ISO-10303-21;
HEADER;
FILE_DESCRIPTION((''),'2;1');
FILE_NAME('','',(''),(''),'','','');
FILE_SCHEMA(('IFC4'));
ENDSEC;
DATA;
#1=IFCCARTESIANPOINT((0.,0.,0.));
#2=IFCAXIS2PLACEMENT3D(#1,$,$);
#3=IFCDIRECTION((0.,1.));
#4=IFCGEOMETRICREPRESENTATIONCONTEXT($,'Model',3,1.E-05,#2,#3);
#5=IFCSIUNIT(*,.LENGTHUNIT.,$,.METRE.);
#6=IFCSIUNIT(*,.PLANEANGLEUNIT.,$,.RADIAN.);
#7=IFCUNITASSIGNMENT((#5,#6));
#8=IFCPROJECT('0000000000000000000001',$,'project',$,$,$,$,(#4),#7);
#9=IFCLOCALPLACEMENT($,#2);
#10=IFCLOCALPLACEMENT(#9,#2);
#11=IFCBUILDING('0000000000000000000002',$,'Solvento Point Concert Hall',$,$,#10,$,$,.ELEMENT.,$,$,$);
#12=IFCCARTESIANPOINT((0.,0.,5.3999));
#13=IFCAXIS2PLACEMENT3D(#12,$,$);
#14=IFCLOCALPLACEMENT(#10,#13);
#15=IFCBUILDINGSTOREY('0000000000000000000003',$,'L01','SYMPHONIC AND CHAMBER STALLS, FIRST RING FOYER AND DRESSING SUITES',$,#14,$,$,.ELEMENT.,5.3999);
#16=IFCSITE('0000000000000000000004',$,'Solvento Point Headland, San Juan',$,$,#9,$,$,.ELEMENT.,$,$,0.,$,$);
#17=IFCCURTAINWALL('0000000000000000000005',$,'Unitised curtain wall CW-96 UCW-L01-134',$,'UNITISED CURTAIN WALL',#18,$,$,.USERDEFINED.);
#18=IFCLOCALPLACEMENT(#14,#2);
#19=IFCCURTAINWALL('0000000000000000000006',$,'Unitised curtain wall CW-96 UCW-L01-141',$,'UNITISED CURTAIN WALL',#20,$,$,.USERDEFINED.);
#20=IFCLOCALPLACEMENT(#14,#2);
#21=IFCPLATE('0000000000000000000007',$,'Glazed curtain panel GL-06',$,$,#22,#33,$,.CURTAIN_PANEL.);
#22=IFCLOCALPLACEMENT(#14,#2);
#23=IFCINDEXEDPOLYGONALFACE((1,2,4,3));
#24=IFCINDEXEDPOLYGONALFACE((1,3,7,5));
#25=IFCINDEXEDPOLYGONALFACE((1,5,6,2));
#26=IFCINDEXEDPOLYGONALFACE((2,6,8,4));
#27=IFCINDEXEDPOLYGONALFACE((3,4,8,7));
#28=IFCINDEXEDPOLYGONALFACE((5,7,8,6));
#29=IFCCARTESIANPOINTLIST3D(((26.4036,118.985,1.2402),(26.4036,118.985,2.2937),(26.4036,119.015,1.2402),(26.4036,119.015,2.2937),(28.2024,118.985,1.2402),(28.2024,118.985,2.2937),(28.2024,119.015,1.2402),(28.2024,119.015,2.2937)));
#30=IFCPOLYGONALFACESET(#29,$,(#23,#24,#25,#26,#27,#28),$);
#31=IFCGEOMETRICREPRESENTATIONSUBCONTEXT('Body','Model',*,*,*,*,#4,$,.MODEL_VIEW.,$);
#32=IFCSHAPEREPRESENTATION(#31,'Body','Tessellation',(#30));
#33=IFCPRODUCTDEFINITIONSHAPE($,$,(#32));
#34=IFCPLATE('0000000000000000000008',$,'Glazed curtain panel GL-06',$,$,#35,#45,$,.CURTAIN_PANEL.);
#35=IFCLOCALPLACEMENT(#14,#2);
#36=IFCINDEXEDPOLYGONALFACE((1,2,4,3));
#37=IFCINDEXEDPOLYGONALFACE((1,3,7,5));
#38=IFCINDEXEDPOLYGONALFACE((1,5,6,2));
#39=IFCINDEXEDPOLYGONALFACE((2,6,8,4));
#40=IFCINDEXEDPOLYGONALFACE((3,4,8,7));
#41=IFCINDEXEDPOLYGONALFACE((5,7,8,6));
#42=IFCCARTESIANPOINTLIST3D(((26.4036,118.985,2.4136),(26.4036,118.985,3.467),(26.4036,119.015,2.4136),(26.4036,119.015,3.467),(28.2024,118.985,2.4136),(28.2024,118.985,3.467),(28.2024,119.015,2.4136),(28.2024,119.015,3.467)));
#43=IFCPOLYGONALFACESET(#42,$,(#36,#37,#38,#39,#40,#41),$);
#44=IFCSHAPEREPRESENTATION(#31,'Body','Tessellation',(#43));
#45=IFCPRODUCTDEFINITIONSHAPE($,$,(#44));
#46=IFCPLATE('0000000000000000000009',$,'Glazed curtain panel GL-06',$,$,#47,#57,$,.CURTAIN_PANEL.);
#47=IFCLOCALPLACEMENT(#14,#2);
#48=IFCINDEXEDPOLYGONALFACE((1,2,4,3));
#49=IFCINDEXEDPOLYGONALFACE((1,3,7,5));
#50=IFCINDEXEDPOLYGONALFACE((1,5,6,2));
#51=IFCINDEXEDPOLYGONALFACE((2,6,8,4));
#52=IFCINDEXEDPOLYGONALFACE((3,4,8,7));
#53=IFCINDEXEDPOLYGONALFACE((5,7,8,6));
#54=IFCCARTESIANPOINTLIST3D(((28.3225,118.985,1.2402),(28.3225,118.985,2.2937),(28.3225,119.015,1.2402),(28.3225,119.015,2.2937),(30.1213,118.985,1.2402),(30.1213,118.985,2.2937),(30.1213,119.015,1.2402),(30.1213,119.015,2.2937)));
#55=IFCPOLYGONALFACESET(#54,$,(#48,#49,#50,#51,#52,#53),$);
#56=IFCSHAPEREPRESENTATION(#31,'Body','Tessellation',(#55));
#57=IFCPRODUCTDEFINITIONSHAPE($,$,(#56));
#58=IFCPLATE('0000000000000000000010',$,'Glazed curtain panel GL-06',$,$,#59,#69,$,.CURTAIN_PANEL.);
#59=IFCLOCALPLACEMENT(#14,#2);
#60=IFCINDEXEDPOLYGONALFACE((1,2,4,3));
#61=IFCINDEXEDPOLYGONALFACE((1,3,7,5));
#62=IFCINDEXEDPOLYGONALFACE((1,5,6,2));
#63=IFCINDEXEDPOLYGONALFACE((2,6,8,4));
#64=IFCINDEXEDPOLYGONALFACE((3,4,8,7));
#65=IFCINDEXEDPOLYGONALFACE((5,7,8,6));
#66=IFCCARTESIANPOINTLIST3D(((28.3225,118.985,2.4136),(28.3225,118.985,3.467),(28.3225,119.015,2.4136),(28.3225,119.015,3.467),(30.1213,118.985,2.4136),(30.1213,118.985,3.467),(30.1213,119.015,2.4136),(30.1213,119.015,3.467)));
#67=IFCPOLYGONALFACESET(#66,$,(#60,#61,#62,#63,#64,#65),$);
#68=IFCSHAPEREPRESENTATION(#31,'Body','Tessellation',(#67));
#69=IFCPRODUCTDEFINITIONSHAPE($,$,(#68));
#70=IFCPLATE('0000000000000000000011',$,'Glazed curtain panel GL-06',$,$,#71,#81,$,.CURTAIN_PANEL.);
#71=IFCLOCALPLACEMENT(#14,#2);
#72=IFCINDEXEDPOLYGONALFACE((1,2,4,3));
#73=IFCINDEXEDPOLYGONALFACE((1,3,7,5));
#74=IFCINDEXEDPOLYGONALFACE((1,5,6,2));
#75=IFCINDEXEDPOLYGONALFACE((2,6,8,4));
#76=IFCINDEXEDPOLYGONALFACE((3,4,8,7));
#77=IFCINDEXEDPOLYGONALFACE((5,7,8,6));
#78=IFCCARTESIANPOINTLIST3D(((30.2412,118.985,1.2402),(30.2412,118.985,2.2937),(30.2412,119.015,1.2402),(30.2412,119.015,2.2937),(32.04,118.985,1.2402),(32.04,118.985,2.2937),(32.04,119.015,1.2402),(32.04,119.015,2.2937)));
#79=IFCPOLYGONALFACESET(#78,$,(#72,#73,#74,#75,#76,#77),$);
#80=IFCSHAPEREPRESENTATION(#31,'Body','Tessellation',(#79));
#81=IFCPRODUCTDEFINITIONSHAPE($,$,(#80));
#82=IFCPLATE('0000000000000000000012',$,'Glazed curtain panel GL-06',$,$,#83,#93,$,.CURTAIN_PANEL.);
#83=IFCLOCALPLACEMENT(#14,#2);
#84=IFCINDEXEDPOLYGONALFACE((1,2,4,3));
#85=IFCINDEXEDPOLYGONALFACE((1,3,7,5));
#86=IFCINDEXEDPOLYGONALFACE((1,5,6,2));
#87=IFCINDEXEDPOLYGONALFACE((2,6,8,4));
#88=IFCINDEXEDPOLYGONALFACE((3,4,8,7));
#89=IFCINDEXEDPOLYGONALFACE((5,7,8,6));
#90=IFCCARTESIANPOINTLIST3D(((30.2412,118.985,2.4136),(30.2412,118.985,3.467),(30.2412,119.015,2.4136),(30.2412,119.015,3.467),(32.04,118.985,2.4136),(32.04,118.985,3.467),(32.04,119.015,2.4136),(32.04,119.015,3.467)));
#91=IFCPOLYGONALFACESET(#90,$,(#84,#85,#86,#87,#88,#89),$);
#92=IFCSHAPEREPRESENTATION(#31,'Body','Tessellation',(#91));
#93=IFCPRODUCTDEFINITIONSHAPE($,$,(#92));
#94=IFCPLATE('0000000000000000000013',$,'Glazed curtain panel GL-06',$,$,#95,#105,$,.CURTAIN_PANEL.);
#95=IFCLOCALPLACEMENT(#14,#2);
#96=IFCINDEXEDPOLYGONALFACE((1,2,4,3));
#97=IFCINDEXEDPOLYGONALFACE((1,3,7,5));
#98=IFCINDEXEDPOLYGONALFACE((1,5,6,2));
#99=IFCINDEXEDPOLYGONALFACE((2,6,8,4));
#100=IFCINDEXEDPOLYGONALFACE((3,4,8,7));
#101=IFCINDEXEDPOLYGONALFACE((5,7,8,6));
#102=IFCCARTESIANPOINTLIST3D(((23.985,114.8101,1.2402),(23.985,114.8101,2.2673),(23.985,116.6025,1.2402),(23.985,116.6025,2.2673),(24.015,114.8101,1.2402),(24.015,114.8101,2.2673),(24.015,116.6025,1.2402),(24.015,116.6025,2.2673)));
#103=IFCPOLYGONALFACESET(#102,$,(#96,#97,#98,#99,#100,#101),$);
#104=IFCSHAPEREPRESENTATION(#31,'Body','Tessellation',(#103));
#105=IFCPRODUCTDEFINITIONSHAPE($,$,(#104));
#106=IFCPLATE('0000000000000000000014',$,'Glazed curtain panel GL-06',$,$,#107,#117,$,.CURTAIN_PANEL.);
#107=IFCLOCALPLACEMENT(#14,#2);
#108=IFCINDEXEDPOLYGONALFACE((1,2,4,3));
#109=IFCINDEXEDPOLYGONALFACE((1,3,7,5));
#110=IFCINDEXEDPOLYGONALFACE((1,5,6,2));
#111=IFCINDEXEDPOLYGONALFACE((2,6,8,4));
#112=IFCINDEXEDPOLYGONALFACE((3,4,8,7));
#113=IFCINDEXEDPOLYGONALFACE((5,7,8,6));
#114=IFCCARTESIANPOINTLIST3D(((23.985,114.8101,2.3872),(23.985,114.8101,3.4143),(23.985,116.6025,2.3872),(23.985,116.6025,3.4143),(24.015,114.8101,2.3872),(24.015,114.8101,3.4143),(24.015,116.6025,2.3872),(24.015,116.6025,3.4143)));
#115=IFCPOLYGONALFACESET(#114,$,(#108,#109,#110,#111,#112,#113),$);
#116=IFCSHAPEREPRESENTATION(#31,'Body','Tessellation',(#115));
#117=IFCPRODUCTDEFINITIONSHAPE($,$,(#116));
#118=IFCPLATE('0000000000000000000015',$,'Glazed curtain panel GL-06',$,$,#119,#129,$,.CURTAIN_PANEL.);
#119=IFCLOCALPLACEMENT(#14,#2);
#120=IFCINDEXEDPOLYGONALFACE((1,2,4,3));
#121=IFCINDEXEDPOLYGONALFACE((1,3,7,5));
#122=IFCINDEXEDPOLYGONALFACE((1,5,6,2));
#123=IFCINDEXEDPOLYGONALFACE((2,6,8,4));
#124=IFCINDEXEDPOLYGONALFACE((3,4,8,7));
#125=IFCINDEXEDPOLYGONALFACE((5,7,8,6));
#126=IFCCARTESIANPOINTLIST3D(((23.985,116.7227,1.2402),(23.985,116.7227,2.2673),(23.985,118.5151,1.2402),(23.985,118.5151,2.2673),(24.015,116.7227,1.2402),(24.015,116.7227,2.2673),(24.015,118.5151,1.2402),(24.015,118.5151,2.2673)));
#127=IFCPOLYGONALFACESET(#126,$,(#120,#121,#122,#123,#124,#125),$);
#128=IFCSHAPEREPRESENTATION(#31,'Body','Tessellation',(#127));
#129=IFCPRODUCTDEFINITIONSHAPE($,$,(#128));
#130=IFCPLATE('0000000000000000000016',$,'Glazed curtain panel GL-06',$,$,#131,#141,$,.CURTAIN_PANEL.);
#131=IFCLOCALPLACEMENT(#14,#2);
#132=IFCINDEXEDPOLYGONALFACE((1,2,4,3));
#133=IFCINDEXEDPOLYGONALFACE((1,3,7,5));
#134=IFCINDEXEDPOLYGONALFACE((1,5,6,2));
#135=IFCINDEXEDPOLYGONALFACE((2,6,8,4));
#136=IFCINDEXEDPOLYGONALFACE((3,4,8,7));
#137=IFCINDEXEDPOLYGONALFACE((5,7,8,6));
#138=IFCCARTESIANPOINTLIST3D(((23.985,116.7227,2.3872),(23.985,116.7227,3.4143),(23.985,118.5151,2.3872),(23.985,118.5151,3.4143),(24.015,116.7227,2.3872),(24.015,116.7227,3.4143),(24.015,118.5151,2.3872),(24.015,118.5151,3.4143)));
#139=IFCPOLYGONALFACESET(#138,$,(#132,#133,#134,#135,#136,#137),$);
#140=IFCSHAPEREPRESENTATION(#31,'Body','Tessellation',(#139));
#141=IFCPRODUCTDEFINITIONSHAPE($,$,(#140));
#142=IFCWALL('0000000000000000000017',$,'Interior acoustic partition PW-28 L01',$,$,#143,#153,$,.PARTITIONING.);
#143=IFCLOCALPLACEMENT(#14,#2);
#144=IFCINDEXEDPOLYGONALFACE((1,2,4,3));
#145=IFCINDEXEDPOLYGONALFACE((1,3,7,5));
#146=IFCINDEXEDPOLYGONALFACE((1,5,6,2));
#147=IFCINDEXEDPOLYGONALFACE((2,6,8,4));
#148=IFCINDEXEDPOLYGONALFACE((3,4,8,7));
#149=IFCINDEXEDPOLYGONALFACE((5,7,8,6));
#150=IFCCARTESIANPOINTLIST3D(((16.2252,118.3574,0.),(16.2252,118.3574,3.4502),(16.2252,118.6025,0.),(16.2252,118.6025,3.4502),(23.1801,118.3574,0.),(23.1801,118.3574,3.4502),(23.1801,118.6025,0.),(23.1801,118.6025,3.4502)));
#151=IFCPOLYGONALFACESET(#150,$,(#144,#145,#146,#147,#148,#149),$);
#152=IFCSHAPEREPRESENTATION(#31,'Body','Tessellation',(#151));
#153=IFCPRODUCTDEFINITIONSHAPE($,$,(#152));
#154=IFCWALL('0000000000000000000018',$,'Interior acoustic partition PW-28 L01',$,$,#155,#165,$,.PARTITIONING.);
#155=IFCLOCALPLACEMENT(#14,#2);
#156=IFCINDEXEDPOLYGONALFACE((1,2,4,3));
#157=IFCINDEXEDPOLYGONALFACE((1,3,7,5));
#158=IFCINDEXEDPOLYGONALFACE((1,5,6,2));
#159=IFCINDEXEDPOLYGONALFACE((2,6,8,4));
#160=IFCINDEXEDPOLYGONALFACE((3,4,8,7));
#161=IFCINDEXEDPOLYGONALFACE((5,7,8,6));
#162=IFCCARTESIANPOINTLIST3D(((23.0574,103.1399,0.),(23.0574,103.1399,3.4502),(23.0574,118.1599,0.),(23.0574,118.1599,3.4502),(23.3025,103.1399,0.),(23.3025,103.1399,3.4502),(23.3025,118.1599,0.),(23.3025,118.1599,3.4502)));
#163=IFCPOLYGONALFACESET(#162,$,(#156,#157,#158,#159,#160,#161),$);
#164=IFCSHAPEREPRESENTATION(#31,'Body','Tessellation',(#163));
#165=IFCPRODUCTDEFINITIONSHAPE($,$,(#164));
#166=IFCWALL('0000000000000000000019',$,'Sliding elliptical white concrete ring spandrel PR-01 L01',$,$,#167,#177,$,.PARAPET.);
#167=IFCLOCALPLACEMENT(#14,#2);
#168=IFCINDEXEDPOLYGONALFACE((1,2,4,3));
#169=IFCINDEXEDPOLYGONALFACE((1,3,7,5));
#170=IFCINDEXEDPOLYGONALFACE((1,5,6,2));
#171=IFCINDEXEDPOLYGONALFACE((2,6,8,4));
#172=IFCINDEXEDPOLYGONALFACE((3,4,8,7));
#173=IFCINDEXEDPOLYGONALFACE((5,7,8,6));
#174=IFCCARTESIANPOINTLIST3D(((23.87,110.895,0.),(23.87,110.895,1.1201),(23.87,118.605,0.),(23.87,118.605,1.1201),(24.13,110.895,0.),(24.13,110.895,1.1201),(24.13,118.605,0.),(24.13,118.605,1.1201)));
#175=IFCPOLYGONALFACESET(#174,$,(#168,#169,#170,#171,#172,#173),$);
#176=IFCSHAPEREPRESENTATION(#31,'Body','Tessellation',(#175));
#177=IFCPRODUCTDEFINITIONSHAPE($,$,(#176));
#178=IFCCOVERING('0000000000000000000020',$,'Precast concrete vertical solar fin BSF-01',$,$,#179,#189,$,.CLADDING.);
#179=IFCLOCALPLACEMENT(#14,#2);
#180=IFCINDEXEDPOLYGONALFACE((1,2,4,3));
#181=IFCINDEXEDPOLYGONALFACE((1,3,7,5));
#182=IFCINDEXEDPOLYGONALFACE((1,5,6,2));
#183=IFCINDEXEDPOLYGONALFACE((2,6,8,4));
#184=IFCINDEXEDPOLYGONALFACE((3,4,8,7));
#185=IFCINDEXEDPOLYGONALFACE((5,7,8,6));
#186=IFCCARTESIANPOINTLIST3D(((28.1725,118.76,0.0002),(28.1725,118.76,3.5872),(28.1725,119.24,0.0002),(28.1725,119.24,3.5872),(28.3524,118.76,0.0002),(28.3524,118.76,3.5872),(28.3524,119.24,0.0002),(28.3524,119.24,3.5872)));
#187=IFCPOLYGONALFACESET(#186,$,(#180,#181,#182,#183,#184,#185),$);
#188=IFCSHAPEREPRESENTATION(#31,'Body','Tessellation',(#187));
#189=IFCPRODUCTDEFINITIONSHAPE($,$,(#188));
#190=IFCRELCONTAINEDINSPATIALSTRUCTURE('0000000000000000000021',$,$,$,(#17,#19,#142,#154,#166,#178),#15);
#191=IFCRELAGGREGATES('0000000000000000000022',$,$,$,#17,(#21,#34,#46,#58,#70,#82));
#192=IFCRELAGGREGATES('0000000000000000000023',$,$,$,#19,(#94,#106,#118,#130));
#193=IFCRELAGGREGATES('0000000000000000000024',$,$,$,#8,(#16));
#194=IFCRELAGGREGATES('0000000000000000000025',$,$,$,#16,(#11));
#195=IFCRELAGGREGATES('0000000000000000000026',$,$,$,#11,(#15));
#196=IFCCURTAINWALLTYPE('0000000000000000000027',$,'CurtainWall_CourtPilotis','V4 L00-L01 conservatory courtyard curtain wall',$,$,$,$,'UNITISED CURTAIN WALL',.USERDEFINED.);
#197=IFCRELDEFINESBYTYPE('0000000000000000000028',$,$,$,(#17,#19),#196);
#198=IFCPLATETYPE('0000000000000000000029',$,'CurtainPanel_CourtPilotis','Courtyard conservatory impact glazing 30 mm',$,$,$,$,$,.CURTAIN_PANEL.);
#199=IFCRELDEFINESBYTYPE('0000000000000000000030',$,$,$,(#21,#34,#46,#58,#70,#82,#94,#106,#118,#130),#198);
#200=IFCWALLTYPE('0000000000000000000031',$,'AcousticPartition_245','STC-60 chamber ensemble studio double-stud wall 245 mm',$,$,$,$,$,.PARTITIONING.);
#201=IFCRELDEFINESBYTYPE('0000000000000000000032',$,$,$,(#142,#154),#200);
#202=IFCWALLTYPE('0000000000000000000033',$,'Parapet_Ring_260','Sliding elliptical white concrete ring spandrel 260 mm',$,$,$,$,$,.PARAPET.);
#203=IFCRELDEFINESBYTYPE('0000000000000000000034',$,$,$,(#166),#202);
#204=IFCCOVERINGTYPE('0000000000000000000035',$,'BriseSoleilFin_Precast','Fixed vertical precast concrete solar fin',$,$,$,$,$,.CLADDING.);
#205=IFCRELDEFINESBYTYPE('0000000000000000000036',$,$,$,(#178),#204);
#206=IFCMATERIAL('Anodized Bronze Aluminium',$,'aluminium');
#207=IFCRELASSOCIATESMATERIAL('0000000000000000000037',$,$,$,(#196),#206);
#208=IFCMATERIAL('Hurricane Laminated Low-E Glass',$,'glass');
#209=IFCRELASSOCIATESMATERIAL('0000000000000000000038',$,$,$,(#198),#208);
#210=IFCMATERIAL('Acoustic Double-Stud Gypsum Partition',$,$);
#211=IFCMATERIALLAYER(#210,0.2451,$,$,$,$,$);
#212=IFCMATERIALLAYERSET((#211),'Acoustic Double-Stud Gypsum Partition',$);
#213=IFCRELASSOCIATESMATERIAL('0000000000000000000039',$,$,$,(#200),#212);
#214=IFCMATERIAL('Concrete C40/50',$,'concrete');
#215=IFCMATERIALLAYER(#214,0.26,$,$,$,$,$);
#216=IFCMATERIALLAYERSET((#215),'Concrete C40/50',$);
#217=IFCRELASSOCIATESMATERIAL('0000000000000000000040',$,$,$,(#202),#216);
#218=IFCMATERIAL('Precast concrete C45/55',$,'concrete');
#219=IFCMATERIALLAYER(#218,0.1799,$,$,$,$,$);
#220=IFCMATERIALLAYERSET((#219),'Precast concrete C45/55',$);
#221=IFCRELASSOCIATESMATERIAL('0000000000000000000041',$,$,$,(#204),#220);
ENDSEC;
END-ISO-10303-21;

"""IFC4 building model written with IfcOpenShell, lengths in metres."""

from ifc_helpers import new_model, si_unit, direction, frame, frame_2d, origin, origin_2d, place, context, subcontext, project, spatial, rectangle, extrude, material, layer, layer_set, type_object, element, aggregate, save


model = new_model("IFC4")

# Units and contexts
model_context = context("Model", 3, precision=1e-05, world=origin(), true_north=direction((0.0, 1.0)))
body_context = subcontext(model_context, "Body", "Model", "MODEL_VIEW")
ifc_project = project(units=[si_unit("LENGTHUNIT", "METRE"), si_unit("PLANEANGLEUNIT", "RADIAN")], contexts=[model_context])

# Site, building, storey
site_placement = place(None, origin())
site = spatial("IfcSite", under=ifc_project, at=site_placement, Name="Solvento Point Headland, San Juan", CompositionType="ELEMENT", RefElevation=0.0)
building_placement = place(site_placement, origin())
building = spatial("IfcBuilding", under=site, at=building_placement, Name="Solvento Point Concert Hall", CompositionType="ELEMENT")
storey_placement = place(building_placement, frame((0.0, 0.0, 5.3999)))
storey = spatial("IfcBuildingStorey", under=building, at=storey_placement, Name="L01", Description="SYMPHONIC AND CHAMBER STALLS, FIRST RING FOYER AND DRESSING SUITES", CompositionType="ELEMENT", Elevation=5.3999)

# Curtain walls
ifc_material_1 = material(Name="Anodized Bronze Aluminium", Category="aluminium")
curtain_wall_type = type_object("IfcCurtainWallType", Name="CurtainWall_CourtPilotis", Description="V4 L00-L01 conservatory courtyard curtain wall", ElementType="UNITISED CURTAIN WALL", PredefinedType="USERDEFINED", material=ifc_material_1)
curtain_wall_1_placement = place(storey_placement, origin())
curtain_wall_1 = element("IfcCurtainWall", 1, at=curtain_wall_1_placement, inside=storey, type_object=curtain_wall_type, Name="Unitised curtain wall CW-96 UCW-L01-134", ObjectType="UNITISED CURTAIN WALL", PredefinedType="USERDEFINED")
curtain_wall_2_placement = place(storey_placement, origin())
curtain_wall_2 = element("IfcCurtainWall", 2, at=curtain_wall_2_placement, inside=storey, type_object=curtain_wall_type, Name="Unitised curtain wall CW-96 UCW-L01-141", ObjectType="UNITISED CURTAIN WALL", PredefinedType="USERDEFINED")

# Plates
ifc_material_2 = material(Name="Hurricane Laminated Low-E Glass", Category="glass")
plate_type = type_object("IfcPlateType", Name="CurtainPanel_CourtPilotis", Description="Courtyard conservatory impact glazing 30 mm", PredefinedType="CURTAIN_PANEL", material=ifc_material_2)
plate_1_placement = place(storey_placement, frame((27.303, 119.0, 1.2402), z_axis=(0.0, 0.0, 1.0), x_axis=(1.0, 0.0, 0.0)))
plate_1 = element("IfcPlate", 3, at=plate_1_placement, type_object=plate_type, Name="Glazed curtain panel GL-06", PredefinedType="CURTAIN_PANEL", context=body_context, shape_type="SweptSolid", body=[
    extrude(rectangle(XDim=1.7988, YDim=0.03, at=origin_2d()), origin(), (0.0, 0.0, 1.0), 1.0535),
])
plate_2_placement = place(storey_placement, frame((27.303, 119.0, 2.4136), z_axis=(0.0, 0.0, 1.0), x_axis=(1.0, 0.0, 0.0)))
plate_2 = element("IfcPlate", 4, at=plate_2_placement, type_object=plate_type, Name="Glazed curtain panel GL-06", PredefinedType="CURTAIN_PANEL", context=body_context, shape_type="SweptSolid", body=[
    extrude(rectangle(XDim=1.7988, YDim=0.03, at=origin_2d()), origin(), (0.0, 0.0, 1.0), 1.0535),
])
plate_3_placement = place(storey_placement, frame((29.2219, 119.0, 1.2402), z_axis=(0.0, 0.0, 1.0), x_axis=(1.0, 0.0, 0.0)))
plate_3 = element("IfcPlate", 5, at=plate_3_placement, type_object=plate_type, Name="Glazed curtain panel GL-06", PredefinedType="CURTAIN_PANEL", context=body_context, shape_type="SweptSolid", body=[
    extrude(rectangle(XDim=1.7988, YDim=0.03, at=origin_2d()), origin(), (0.0, 0.0, 1.0), 1.0535),
])
plate_4_placement = place(storey_placement, frame((29.2219, 119.0, 2.4136), z_axis=(0.0, 0.0, 1.0), x_axis=(1.0, 0.0, 0.0)))
plate_4 = element("IfcPlate", 6, at=plate_4_placement, type_object=plate_type, Name="Glazed curtain panel GL-06", PredefinedType="CURTAIN_PANEL", context=body_context, shape_type="SweptSolid", body=[
    extrude(rectangle(XDim=1.7988, YDim=0.03, at=origin_2d()), origin(), (0.0, 0.0, 1.0), 1.0535),
])
plate_5_placement = place(storey_placement, frame((31.1406, 119.0, 1.2402), z_axis=(0.0, 0.0, 1.0), x_axis=(1.0, 0.0, 0.0)))
plate_5 = element("IfcPlate", 7, at=plate_5_placement, type_object=plate_type, Name="Glazed curtain panel GL-06", PredefinedType="CURTAIN_PANEL", context=body_context, shape_type="SweptSolid", body=[
    extrude(rectangle(XDim=1.7988, YDim=0.03, at=origin_2d()), origin(), (0.0, 0.0, 1.0), 1.0535),
])
plate_6_placement = place(storey_placement, frame((31.1406, 119.0, 2.4136), z_axis=(0.0, 0.0, 1.0), x_axis=(1.0, 0.0, 0.0)))
plate_6 = element("IfcPlate", 8, at=plate_6_placement, type_object=plate_type, Name="Glazed curtain panel GL-06", PredefinedType="CURTAIN_PANEL", context=body_context, shape_type="SweptSolid", body=[
    extrude(rectangle(XDim=1.7988, YDim=0.03, at=origin_2d()), origin(), (0.0, 0.0, 1.0), 1.0535),
])
aggregate(curtain_wall_1, [plate_1, plate_2, plate_3, plate_4, plate_5, plate_6])
plate_7_placement = place(storey_placement, frame((24.0, 115.7063, 1.2402), z_axis=(0.0, 0.0, 1.0), x_axis=(0.0, 1.0, 0.0)))
plate_7 = element("IfcPlate", 9, at=plate_7_placement, type_object=plate_type, Name="Glazed curtain panel GL-06", PredefinedType="CURTAIN_PANEL", context=body_context, shape_type="SweptSolid", body=[
    extrude(rectangle(XDim=1.7925, YDim=0.03, at=origin_2d()), origin(), (0.0, 0.0, 1.0), 1.0271),
])
plate_8_placement = place(storey_placement, frame((24.0, 115.7063, 2.3872), z_axis=(0.0, 0.0, 1.0), x_axis=(0.0, 1.0, 0.0)))
plate_8 = element("IfcPlate", 10, at=plate_8_placement, type_object=plate_type, Name="Glazed curtain panel GL-06", PredefinedType="CURTAIN_PANEL", context=body_context, shape_type="SweptSolid", body=[
    extrude(rectangle(XDim=1.7925, YDim=0.03, at=origin_2d()), origin(), (0.0, 0.0, 1.0), 1.0271),
])
plate_9_placement = place(storey_placement, frame((24.0, 117.6189, 1.2402), z_axis=(0.0, 0.0, 1.0), x_axis=(0.0, 1.0, 0.0)))
plate_9 = element("IfcPlate", 11, at=plate_9_placement, type_object=plate_type, Name="Glazed curtain panel GL-06", PredefinedType="CURTAIN_PANEL", context=body_context, shape_type="SweptSolid", body=[
    extrude(rectangle(XDim=1.7925, YDim=0.03, at=origin_2d()), origin(), (0.0, 0.0, 1.0), 1.0271),
])
plate_10_placement = place(storey_placement, frame((24.0, 117.6189, 2.3872), z_axis=(0.0, 0.0, 1.0), x_axis=(0.0, 1.0, 0.0)))
plate_10 = element("IfcPlate", 12, at=plate_10_placement, type_object=plate_type, Name="Glazed curtain panel GL-06", PredefinedType="CURTAIN_PANEL", context=body_context, shape_type="SweptSolid", body=[
    extrude(rectangle(XDim=1.7925, YDim=0.03, at=origin_2d()), origin(), (0.0, 0.0, 1.0), 1.0271),
])
aggregate(curtain_wall_2, [plate_7, plate_8, plate_9, plate_10])

# Walls
ifc_material_3 = material(Name="Acoustic Double-Stud Gypsum Partition")
ifc_layer_1 = layer(ifc_material_3, 0.2451)
ifc_layer_set_1 = layer_set([ifc_layer_1], Name="Acoustic Double-Stud Gypsum Partition")
wall_type_1 = type_object("IfcWallType", Name="AcousticPartition_245", Description="STC-60 chamber ensemble studio double-stud wall 245 mm", PredefinedType="PARTITIONING", material=ifc_layer_set_1)
wall_1_placement = place(storey_placement, frame((16.2251, 118.48, 0.0), z_axis=(0.0, 0.0, 1.0), x_axis=(1.0, 0.0, 0.0)))
element("IfcWall", 13, at=wall_1_placement, inside=storey, type_object=wall_type_1, Name="Interior acoustic partition PW-28 L01", PredefinedType="PARTITIONING", context=body_context, shape_type="SweptSolid", body=[
    extrude(rectangle(XDim=6.9548, YDim=0.2451, at=frame_2d((3.4775, 0.0))), origin(), (0.0, 0.0, 1.0), 3.4502),
])
wall_2_placement = place(storey_placement, frame((23.1799, 118.1599, 0.0), z_axis=(0.0, 0.0, 1.0), x_axis=(0.0, -1.0, 0.0)))
element("IfcWall", 14, at=wall_2_placement, inside=storey, type_object=wall_type_1, Name="Interior acoustic partition PW-28 L01", PredefinedType="PARTITIONING", context=body_context, shape_type="SweptSolid", body=[
    extrude(rectangle(XDim=15.02, YDim=0.2451, at=frame_2d((7.51, 0.0))), origin(), (0.0, 0.0, 1.0), 3.4502),
])
ifc_material_4 = material(Name="Concrete C40/50", Category="concrete")
ifc_layer_2 = layer(ifc_material_4, 0.26)
ifc_layer_set_2 = layer_set([ifc_layer_2], Name="Concrete C40/50")
wall_type_2 = type_object("IfcWallType", Name="Parapet_Ring_260", Description="Sliding elliptical white concrete ring spandrel 260 mm", PredefinedType="PARAPET", material=ifc_layer_set_2)
wall_3_placement = place(storey_placement, frame((24.0, 118.605, 0.0), z_axis=(0.0, 0.0, 1.0), x_axis=(0.0, -1.0, 0.0)))
element("IfcWall", 15, at=wall_3_placement, inside=storey, type_object=wall_type_2, Name="Sliding elliptical white concrete ring spandrel PR-01 L01", PredefinedType="PARAPET", context=body_context, shape_type="SweptSolid", body=[
    extrude(rectangle(XDim=7.71, YDim=0.26, at=frame_2d((3.855, 0.0))), origin(), (0.0, 0.0, 1.0), 1.1201),
])

# Covering
ifc_material_5 = material(Name="Precast concrete C45/55", Category="concrete")
ifc_layer_3 = layer(ifc_material_5, 0.1799)
ifc_layer_set_3 = layer_set([ifc_layer_3], Name="Precast concrete C45/55")
covering_type = type_object("IfcCoveringType", Name="BriseSoleilFin_Precast", Description="Fixed vertical precast concrete solar fin", PredefinedType="CLADDING", material=ifc_layer_set_3)
covering_placement = place(storey_placement, frame((28.2625, 119.0, 0.0002), z_axis=(0.0, 0.0, 1.0), x_axis=(1.0, 0.0, 0.0)))
element("IfcCovering", 16, at=covering_placement, inside=storey, type_object=covering_type, Name="Precast concrete vertical solar fin BSF-01", PredefinedType="CLADDING", context=body_context, shape_type="SweptSolid", body=[
    extrude(rectangle(XDim=0.1799, YDim=0.48, at=origin_2d()), origin(), (0.0, 0.0, 1.0), 3.5869),
])

save(model, "model.ifc")
